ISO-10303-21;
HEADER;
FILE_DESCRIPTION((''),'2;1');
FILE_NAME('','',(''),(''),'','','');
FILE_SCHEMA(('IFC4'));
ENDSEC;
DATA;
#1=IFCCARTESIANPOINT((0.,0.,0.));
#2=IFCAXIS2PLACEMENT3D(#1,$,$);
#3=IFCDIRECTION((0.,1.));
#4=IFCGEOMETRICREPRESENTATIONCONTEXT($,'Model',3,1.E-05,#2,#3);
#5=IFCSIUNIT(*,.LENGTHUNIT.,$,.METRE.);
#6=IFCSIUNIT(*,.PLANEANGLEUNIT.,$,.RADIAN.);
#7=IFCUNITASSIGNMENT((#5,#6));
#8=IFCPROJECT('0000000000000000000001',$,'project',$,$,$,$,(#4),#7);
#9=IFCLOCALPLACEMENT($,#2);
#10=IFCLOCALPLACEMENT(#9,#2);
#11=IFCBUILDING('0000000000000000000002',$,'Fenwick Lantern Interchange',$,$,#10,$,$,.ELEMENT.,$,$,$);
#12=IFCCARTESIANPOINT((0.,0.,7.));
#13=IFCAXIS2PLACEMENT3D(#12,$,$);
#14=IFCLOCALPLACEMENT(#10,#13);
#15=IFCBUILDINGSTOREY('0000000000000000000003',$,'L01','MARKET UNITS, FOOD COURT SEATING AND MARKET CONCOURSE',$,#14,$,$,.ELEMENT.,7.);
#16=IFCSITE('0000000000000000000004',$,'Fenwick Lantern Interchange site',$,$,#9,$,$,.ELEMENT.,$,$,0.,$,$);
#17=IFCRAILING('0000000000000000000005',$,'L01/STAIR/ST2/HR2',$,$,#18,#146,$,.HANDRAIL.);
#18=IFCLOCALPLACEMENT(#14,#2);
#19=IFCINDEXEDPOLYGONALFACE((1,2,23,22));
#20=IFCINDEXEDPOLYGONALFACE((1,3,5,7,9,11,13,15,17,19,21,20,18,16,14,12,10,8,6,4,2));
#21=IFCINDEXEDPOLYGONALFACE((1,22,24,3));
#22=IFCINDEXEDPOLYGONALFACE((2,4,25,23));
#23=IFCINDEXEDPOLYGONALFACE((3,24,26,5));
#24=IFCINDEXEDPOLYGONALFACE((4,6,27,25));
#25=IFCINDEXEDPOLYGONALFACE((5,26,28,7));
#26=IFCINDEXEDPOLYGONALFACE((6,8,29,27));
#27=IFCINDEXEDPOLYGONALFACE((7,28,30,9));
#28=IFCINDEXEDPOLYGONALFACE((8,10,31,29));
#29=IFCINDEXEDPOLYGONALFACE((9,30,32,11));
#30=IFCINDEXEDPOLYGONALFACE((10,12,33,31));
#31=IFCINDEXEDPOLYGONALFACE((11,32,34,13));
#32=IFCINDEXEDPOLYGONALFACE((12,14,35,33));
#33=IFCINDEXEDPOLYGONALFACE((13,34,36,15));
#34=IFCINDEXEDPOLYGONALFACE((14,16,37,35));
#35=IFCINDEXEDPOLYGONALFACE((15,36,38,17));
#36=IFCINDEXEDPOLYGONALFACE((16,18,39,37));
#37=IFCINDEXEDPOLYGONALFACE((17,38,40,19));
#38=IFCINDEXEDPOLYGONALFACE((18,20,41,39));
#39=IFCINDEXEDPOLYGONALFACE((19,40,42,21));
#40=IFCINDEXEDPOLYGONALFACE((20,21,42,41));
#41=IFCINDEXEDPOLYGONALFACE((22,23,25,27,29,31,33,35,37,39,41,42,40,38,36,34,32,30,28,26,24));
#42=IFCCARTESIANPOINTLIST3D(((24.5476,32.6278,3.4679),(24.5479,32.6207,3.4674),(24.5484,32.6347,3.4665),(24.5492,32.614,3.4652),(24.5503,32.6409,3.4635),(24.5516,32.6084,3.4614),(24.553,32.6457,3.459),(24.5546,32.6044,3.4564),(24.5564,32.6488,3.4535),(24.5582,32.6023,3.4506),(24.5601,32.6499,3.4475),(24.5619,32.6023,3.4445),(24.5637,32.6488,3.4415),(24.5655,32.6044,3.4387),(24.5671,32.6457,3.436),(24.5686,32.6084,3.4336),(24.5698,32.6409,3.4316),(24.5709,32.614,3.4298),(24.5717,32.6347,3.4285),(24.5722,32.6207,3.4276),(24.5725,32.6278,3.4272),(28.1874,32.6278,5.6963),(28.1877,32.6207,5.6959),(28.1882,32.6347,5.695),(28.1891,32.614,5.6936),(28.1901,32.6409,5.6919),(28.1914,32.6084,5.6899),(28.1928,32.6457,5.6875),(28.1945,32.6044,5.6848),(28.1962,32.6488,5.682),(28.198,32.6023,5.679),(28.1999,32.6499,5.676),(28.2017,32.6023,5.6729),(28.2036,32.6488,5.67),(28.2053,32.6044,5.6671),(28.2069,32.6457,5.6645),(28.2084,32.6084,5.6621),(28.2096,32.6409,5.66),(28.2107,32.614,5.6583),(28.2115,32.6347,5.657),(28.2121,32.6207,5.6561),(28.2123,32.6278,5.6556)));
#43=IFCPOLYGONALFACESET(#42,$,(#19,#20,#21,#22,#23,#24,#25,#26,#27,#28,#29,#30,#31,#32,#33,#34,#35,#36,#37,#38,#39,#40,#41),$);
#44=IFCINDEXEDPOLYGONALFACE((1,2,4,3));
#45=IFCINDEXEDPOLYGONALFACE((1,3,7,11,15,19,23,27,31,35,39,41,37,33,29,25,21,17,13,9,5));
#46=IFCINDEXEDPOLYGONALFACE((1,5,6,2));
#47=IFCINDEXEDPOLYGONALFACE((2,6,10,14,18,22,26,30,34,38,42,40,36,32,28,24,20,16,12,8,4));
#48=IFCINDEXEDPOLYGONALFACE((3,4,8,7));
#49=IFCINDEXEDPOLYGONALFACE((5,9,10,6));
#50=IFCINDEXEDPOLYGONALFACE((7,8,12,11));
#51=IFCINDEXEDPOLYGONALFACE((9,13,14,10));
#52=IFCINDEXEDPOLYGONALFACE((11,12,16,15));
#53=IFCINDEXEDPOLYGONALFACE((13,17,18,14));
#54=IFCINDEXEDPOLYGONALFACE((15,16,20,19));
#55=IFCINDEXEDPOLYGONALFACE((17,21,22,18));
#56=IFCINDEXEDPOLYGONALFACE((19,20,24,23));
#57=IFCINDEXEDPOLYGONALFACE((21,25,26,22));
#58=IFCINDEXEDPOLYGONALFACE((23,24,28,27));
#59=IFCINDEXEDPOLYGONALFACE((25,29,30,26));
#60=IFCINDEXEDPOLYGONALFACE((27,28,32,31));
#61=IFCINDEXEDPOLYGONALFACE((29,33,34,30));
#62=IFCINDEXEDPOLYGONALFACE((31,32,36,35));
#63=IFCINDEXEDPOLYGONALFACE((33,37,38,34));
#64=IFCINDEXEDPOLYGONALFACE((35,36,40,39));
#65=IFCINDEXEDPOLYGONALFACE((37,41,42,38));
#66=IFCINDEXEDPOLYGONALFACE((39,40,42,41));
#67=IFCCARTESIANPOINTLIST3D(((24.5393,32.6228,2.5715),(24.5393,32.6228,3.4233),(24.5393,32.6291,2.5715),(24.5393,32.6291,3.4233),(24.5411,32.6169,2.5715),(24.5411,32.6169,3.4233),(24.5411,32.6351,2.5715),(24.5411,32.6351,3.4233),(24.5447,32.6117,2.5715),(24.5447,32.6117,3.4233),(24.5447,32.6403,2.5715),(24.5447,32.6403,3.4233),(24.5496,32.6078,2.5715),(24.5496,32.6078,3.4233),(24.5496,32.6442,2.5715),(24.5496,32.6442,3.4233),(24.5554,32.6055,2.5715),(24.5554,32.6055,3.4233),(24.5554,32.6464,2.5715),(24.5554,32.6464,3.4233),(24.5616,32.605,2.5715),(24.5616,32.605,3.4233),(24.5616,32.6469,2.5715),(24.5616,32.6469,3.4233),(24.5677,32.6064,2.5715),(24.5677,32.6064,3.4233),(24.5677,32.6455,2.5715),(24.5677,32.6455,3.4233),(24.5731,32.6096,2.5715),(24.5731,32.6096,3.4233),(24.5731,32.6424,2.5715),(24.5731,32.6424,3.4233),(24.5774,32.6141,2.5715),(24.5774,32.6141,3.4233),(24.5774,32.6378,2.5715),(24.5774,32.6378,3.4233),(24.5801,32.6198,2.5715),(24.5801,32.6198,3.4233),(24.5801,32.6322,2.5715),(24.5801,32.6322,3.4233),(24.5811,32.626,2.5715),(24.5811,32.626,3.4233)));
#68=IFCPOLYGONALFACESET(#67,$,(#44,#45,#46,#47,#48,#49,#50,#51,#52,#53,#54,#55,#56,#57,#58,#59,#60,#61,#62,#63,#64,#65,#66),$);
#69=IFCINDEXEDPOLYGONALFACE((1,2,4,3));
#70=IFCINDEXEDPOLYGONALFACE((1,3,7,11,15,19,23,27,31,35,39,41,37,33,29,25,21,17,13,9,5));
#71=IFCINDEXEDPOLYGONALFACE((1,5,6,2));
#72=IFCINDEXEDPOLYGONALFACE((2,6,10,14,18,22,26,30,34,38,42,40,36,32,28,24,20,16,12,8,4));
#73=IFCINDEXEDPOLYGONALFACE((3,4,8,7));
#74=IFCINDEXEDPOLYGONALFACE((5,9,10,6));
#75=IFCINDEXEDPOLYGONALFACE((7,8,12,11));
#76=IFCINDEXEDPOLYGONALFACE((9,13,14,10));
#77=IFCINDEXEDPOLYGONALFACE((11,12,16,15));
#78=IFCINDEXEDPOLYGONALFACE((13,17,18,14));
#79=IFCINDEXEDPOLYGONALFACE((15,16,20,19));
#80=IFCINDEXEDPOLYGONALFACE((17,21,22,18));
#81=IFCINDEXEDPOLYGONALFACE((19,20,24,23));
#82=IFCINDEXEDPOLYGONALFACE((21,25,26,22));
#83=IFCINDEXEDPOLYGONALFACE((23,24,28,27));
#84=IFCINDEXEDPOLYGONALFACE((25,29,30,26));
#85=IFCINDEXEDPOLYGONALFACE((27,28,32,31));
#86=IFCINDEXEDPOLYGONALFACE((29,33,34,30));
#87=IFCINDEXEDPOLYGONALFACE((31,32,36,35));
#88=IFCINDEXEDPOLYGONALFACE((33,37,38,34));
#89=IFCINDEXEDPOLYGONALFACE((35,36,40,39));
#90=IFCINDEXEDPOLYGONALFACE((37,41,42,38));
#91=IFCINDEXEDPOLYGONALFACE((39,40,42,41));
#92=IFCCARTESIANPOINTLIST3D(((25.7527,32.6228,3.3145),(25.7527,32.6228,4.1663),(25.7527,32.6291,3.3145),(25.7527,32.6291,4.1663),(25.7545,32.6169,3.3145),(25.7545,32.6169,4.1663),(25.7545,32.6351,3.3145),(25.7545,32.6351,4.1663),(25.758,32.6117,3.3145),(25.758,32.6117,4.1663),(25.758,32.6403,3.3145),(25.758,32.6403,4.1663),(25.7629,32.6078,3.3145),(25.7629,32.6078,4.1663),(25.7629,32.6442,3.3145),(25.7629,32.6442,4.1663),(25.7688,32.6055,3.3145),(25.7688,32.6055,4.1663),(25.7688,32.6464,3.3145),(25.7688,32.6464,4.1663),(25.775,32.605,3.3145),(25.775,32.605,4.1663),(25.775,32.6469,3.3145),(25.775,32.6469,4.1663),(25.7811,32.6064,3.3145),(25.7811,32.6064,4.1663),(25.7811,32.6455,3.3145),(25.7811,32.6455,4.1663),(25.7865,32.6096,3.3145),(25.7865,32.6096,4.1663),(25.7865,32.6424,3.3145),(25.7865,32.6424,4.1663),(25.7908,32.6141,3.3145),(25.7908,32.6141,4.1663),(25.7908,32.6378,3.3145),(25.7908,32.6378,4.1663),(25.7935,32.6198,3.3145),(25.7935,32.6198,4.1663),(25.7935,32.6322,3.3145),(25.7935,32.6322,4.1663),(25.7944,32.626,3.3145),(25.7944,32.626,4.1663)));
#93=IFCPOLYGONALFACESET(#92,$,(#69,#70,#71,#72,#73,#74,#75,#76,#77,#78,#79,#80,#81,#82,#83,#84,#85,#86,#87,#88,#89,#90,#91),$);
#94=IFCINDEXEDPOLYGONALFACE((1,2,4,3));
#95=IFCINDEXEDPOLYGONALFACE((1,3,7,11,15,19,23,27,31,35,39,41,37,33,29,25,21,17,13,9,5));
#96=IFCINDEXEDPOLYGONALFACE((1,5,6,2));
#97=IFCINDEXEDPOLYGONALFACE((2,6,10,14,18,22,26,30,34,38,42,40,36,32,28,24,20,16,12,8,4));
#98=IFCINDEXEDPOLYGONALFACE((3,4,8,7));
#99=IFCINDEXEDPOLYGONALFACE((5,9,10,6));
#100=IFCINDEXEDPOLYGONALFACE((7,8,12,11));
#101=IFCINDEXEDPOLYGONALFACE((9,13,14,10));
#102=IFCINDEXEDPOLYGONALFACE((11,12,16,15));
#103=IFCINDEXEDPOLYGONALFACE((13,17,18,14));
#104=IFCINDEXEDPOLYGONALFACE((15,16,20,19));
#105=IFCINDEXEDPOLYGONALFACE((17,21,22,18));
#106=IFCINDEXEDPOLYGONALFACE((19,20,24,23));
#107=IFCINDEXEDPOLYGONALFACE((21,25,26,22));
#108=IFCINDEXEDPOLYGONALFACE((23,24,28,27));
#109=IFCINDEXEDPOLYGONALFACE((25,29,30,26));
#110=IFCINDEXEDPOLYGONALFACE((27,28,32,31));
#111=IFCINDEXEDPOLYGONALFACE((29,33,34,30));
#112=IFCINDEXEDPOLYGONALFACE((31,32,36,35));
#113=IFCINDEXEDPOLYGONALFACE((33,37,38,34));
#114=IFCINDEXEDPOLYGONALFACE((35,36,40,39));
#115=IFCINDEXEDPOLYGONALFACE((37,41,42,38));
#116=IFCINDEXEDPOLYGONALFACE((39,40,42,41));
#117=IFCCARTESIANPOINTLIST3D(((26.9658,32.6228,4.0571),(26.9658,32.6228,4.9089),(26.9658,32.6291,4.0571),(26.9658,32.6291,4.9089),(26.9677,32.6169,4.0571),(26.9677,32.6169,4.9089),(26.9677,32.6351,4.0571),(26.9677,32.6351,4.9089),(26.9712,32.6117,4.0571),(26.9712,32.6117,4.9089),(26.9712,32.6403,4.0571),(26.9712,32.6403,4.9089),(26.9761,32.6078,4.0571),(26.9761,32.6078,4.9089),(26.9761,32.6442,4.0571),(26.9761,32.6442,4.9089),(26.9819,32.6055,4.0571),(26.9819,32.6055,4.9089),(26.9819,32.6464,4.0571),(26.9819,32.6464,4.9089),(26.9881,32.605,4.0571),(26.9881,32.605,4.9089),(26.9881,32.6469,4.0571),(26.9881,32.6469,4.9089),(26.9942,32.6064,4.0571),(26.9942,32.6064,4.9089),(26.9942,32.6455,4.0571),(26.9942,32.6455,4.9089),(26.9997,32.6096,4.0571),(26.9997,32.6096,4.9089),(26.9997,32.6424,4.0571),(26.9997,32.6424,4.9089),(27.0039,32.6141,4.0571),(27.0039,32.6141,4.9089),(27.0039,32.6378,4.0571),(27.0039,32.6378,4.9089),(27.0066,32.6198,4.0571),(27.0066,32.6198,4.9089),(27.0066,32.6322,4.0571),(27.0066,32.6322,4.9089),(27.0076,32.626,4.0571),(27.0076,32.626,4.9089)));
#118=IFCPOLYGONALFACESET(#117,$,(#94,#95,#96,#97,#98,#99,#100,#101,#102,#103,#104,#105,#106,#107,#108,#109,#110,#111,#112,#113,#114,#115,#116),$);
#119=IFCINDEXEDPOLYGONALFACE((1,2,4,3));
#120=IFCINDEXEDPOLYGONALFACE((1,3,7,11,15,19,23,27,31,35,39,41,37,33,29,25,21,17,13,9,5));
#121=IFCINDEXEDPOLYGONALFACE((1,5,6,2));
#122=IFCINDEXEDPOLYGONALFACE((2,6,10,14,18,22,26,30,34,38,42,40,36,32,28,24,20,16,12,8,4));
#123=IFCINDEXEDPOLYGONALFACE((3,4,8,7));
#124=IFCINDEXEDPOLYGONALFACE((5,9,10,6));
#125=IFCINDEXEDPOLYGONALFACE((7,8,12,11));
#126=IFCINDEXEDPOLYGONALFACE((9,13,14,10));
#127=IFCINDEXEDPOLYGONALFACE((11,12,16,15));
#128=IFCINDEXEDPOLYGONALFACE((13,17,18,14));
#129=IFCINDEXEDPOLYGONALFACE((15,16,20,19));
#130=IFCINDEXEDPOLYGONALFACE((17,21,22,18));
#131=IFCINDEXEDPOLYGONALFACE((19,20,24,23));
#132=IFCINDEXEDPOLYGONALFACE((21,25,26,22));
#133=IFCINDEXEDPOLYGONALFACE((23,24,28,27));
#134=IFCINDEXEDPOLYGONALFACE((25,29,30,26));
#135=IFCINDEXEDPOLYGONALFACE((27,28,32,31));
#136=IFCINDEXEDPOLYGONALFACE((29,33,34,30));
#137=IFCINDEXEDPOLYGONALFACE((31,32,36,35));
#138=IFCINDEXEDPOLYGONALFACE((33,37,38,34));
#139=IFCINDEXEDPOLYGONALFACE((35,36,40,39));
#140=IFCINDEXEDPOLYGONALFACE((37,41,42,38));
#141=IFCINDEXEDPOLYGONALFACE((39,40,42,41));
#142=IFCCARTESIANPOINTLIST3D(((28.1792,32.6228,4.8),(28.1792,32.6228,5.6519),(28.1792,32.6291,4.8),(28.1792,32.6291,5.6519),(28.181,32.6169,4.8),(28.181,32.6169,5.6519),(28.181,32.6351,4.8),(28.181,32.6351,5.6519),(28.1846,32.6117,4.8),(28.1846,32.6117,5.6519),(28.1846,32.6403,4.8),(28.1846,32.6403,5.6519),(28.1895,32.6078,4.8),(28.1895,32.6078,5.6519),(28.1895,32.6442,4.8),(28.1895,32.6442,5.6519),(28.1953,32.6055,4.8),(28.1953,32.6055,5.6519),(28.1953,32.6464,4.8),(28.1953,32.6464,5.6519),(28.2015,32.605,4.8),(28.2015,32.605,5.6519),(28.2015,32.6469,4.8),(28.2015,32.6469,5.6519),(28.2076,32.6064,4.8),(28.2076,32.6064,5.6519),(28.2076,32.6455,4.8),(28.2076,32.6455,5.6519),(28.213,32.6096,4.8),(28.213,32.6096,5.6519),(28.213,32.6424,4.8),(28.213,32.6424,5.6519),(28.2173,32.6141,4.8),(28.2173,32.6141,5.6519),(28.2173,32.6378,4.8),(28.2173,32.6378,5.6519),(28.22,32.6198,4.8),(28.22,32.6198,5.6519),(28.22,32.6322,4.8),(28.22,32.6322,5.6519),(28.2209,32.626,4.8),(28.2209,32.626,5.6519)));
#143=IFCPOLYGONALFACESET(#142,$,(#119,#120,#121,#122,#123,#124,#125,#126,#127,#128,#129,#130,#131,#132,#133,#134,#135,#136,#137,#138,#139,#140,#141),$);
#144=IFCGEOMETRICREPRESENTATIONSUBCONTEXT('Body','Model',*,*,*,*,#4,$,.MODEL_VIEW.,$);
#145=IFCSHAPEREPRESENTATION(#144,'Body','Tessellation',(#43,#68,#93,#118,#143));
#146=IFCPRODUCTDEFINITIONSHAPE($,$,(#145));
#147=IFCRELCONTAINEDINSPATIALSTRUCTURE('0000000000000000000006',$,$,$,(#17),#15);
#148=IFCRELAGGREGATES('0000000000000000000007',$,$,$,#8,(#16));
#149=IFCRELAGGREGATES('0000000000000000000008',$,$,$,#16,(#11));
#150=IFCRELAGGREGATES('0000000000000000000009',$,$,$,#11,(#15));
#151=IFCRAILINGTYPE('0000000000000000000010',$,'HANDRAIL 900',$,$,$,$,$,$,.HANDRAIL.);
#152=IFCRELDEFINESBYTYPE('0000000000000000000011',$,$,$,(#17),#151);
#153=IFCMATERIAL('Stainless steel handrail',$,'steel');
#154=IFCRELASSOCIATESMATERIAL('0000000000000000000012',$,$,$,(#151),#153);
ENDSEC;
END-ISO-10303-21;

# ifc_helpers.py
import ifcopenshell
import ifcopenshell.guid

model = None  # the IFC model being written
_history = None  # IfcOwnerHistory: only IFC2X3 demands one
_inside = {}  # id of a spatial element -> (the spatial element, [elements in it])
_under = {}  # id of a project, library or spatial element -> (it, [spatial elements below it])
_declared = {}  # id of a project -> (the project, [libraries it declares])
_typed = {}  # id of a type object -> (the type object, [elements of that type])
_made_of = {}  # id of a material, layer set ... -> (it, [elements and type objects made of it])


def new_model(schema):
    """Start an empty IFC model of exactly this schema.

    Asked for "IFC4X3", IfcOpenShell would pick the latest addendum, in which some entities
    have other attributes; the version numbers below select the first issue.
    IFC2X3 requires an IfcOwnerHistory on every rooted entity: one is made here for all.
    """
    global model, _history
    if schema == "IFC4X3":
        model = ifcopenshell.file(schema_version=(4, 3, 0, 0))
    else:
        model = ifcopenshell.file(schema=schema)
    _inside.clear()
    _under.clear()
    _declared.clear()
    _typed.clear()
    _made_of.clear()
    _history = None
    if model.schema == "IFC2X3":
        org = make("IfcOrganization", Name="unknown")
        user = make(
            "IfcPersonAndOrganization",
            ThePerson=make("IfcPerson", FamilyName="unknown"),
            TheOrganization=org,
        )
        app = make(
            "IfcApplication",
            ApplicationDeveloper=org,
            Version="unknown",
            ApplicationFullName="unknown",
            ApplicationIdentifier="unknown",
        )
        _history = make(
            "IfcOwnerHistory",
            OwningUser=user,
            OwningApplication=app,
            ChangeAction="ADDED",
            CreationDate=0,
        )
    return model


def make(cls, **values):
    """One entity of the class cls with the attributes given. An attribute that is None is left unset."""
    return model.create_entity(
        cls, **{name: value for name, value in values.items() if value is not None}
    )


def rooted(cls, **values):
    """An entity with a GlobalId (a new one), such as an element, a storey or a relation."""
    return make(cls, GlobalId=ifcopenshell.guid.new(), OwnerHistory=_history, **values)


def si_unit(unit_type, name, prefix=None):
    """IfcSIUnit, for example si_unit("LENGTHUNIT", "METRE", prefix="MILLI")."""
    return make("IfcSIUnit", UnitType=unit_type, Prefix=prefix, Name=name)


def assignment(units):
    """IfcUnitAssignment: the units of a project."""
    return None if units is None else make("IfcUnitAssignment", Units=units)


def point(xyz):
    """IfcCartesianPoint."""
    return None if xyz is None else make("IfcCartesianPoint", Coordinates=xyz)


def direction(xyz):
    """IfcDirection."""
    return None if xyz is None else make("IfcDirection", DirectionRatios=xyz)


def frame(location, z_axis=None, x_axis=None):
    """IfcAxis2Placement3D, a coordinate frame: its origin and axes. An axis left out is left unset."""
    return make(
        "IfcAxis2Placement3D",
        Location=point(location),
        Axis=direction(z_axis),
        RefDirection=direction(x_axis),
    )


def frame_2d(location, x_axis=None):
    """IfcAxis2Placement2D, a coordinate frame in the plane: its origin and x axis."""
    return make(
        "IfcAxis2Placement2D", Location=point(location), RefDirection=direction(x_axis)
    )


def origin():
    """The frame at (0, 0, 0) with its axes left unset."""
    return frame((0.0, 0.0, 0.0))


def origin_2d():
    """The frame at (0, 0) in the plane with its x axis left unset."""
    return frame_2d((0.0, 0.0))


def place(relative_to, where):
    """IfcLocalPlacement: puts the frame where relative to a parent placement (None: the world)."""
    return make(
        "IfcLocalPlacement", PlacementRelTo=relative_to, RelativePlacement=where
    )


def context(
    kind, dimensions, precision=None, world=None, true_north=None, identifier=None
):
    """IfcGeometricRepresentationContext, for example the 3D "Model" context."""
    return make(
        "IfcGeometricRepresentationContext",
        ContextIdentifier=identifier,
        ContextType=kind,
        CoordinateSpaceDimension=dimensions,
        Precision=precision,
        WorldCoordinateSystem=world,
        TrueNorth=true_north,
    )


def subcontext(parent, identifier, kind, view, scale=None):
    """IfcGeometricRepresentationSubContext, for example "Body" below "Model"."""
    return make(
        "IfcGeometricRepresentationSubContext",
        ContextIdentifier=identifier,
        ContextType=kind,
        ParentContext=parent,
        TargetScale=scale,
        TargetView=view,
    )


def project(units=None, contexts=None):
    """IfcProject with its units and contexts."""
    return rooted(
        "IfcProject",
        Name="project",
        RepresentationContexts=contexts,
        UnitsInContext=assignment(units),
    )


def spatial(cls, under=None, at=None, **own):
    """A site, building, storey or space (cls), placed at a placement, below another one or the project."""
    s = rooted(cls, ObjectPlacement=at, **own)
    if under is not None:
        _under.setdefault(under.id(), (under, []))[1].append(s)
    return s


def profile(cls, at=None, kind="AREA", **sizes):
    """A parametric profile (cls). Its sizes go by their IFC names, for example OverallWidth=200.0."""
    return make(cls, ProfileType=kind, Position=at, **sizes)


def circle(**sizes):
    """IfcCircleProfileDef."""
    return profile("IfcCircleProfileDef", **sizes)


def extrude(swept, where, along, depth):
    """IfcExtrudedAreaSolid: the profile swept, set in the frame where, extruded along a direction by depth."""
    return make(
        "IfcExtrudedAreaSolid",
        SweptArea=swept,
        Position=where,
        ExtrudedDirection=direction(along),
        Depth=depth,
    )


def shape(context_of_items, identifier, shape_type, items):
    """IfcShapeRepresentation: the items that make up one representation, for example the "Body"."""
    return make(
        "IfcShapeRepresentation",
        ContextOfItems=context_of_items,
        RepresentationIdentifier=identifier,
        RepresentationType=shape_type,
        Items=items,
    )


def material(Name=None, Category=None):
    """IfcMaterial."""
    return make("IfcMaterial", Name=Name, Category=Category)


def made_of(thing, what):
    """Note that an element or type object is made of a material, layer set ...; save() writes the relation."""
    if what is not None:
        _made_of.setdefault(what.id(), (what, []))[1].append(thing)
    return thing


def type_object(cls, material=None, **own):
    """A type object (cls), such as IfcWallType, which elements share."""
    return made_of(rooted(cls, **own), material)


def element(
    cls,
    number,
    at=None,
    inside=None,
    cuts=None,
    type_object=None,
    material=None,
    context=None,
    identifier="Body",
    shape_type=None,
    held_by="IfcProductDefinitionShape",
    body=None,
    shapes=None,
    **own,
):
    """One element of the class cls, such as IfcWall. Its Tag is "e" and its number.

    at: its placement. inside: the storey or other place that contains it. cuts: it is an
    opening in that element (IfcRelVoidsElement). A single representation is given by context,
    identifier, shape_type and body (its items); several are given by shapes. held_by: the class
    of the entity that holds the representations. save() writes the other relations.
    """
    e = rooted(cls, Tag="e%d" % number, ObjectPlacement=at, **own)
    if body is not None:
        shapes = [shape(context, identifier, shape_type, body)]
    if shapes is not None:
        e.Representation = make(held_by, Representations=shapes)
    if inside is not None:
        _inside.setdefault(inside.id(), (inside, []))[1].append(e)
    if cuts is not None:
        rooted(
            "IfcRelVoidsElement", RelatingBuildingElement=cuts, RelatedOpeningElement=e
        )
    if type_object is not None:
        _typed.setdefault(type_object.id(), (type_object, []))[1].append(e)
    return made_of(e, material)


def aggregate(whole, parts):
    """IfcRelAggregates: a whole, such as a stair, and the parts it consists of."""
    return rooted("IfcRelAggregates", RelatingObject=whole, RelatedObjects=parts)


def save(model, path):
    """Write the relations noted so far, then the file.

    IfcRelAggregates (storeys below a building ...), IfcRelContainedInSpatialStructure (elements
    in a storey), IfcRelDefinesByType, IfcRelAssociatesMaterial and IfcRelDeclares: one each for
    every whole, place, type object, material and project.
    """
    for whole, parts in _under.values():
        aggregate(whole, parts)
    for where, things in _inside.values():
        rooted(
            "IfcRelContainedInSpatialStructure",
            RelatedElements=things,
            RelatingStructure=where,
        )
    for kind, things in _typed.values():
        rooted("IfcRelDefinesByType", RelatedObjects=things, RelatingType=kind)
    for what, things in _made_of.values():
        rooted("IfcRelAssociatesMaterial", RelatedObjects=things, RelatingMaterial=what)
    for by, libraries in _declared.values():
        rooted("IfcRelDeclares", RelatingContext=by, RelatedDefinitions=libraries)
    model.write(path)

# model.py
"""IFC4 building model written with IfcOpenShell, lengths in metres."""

from ifc_helpers import new_model, si_unit, direction, frame, origin, origin_2d, place, context, subcontext, project, spatial, circle, extrude, material, type_object, element, save


model = new_model("IFC4")

# Units and contexts
model_context = context("Model", 3, precision=1e-05, world=origin(), true_north=direction((0.0, 1.0)))
body_context = subcontext(model_context, "Body", "Model", "MODEL_VIEW")
ifc_project = project(units=[si_unit("LENGTHUNIT", "METRE"), si_unit("PLANEANGLEUNIT", "RADIAN")], contexts=[model_context])

# Site, building, storey
site_placement = place(None, origin())
site = spatial("IfcSite", under=ifc_project, at=site_placement, Name="Fenwick Lantern Interchange site", CompositionType="ELEMENT", RefElevation=0.0)
building_placement = place(site_placement, origin())
building = spatial("IfcBuilding", under=site, at=building_placement, Name="Fenwick Lantern Interchange", CompositionType="ELEMENT")
storey_placement = place(building_placement, frame((0.0, 0.0, 7.0)))
storey = spatial("IfcBuildingStorey", under=building, at=storey_placement, Name="L01", Description="MARKET UNITS, FOOD COURT SEATING AND MARKET CONCOURSE", CompositionType="ELEMENT", Elevation=7.0)

# Railing
ifc_material_1 = material(Name="Stainless steel handrail", Category="steel")
railing_type = type_object("IfcRailingType", Name="HANDRAIL 900", PredefinedType="HANDRAIL", material=ifc_material_1)
railing_1_placement = place(storey_placement, frame((24.5601, 32.626, 2.5715)))
element("IfcRailing", 1, at=railing_1_placement, inside=storey, type_object=railing_type, Name="L01/STAIR/ST2/HR2", PredefinedType="HANDRAIL", context=body_context, shape_type="SweptSolid", body=[
    extrude(circle(Radius=0.0239, at=origin_2d()), frame((0.0, 0.0, 0.876), z_axis=(0.85285, 0.0, 0.522156), x_axis=(0.0, 1.0, 0.0)), (0.0, 0.0, 1.0), 4.2678),
    extrude(circle(Radius=0.021, at=origin_2d()), origin(), (0.0, 0.0, 1.0), 0.8518),
    extrude(circle(Radius=0.021, at=origin_2d()), frame((1.2134, 0.0, 0.7429)), (0.0, 0.0, 1.0), 0.8518),
    extrude(circle(Radius=0.021, at=origin_2d()), frame((2.4265, 0.0, 1.4856)), (0.0, 0.0, 1.0), 0.8518),
    extrude(circle(Radius=0.021, at=origin_2d()), frame((3.6399, 0.0, 2.2285)), (0.0, 0.0, 1.0), 0.8518),
])

save(model, "model.ifc")
